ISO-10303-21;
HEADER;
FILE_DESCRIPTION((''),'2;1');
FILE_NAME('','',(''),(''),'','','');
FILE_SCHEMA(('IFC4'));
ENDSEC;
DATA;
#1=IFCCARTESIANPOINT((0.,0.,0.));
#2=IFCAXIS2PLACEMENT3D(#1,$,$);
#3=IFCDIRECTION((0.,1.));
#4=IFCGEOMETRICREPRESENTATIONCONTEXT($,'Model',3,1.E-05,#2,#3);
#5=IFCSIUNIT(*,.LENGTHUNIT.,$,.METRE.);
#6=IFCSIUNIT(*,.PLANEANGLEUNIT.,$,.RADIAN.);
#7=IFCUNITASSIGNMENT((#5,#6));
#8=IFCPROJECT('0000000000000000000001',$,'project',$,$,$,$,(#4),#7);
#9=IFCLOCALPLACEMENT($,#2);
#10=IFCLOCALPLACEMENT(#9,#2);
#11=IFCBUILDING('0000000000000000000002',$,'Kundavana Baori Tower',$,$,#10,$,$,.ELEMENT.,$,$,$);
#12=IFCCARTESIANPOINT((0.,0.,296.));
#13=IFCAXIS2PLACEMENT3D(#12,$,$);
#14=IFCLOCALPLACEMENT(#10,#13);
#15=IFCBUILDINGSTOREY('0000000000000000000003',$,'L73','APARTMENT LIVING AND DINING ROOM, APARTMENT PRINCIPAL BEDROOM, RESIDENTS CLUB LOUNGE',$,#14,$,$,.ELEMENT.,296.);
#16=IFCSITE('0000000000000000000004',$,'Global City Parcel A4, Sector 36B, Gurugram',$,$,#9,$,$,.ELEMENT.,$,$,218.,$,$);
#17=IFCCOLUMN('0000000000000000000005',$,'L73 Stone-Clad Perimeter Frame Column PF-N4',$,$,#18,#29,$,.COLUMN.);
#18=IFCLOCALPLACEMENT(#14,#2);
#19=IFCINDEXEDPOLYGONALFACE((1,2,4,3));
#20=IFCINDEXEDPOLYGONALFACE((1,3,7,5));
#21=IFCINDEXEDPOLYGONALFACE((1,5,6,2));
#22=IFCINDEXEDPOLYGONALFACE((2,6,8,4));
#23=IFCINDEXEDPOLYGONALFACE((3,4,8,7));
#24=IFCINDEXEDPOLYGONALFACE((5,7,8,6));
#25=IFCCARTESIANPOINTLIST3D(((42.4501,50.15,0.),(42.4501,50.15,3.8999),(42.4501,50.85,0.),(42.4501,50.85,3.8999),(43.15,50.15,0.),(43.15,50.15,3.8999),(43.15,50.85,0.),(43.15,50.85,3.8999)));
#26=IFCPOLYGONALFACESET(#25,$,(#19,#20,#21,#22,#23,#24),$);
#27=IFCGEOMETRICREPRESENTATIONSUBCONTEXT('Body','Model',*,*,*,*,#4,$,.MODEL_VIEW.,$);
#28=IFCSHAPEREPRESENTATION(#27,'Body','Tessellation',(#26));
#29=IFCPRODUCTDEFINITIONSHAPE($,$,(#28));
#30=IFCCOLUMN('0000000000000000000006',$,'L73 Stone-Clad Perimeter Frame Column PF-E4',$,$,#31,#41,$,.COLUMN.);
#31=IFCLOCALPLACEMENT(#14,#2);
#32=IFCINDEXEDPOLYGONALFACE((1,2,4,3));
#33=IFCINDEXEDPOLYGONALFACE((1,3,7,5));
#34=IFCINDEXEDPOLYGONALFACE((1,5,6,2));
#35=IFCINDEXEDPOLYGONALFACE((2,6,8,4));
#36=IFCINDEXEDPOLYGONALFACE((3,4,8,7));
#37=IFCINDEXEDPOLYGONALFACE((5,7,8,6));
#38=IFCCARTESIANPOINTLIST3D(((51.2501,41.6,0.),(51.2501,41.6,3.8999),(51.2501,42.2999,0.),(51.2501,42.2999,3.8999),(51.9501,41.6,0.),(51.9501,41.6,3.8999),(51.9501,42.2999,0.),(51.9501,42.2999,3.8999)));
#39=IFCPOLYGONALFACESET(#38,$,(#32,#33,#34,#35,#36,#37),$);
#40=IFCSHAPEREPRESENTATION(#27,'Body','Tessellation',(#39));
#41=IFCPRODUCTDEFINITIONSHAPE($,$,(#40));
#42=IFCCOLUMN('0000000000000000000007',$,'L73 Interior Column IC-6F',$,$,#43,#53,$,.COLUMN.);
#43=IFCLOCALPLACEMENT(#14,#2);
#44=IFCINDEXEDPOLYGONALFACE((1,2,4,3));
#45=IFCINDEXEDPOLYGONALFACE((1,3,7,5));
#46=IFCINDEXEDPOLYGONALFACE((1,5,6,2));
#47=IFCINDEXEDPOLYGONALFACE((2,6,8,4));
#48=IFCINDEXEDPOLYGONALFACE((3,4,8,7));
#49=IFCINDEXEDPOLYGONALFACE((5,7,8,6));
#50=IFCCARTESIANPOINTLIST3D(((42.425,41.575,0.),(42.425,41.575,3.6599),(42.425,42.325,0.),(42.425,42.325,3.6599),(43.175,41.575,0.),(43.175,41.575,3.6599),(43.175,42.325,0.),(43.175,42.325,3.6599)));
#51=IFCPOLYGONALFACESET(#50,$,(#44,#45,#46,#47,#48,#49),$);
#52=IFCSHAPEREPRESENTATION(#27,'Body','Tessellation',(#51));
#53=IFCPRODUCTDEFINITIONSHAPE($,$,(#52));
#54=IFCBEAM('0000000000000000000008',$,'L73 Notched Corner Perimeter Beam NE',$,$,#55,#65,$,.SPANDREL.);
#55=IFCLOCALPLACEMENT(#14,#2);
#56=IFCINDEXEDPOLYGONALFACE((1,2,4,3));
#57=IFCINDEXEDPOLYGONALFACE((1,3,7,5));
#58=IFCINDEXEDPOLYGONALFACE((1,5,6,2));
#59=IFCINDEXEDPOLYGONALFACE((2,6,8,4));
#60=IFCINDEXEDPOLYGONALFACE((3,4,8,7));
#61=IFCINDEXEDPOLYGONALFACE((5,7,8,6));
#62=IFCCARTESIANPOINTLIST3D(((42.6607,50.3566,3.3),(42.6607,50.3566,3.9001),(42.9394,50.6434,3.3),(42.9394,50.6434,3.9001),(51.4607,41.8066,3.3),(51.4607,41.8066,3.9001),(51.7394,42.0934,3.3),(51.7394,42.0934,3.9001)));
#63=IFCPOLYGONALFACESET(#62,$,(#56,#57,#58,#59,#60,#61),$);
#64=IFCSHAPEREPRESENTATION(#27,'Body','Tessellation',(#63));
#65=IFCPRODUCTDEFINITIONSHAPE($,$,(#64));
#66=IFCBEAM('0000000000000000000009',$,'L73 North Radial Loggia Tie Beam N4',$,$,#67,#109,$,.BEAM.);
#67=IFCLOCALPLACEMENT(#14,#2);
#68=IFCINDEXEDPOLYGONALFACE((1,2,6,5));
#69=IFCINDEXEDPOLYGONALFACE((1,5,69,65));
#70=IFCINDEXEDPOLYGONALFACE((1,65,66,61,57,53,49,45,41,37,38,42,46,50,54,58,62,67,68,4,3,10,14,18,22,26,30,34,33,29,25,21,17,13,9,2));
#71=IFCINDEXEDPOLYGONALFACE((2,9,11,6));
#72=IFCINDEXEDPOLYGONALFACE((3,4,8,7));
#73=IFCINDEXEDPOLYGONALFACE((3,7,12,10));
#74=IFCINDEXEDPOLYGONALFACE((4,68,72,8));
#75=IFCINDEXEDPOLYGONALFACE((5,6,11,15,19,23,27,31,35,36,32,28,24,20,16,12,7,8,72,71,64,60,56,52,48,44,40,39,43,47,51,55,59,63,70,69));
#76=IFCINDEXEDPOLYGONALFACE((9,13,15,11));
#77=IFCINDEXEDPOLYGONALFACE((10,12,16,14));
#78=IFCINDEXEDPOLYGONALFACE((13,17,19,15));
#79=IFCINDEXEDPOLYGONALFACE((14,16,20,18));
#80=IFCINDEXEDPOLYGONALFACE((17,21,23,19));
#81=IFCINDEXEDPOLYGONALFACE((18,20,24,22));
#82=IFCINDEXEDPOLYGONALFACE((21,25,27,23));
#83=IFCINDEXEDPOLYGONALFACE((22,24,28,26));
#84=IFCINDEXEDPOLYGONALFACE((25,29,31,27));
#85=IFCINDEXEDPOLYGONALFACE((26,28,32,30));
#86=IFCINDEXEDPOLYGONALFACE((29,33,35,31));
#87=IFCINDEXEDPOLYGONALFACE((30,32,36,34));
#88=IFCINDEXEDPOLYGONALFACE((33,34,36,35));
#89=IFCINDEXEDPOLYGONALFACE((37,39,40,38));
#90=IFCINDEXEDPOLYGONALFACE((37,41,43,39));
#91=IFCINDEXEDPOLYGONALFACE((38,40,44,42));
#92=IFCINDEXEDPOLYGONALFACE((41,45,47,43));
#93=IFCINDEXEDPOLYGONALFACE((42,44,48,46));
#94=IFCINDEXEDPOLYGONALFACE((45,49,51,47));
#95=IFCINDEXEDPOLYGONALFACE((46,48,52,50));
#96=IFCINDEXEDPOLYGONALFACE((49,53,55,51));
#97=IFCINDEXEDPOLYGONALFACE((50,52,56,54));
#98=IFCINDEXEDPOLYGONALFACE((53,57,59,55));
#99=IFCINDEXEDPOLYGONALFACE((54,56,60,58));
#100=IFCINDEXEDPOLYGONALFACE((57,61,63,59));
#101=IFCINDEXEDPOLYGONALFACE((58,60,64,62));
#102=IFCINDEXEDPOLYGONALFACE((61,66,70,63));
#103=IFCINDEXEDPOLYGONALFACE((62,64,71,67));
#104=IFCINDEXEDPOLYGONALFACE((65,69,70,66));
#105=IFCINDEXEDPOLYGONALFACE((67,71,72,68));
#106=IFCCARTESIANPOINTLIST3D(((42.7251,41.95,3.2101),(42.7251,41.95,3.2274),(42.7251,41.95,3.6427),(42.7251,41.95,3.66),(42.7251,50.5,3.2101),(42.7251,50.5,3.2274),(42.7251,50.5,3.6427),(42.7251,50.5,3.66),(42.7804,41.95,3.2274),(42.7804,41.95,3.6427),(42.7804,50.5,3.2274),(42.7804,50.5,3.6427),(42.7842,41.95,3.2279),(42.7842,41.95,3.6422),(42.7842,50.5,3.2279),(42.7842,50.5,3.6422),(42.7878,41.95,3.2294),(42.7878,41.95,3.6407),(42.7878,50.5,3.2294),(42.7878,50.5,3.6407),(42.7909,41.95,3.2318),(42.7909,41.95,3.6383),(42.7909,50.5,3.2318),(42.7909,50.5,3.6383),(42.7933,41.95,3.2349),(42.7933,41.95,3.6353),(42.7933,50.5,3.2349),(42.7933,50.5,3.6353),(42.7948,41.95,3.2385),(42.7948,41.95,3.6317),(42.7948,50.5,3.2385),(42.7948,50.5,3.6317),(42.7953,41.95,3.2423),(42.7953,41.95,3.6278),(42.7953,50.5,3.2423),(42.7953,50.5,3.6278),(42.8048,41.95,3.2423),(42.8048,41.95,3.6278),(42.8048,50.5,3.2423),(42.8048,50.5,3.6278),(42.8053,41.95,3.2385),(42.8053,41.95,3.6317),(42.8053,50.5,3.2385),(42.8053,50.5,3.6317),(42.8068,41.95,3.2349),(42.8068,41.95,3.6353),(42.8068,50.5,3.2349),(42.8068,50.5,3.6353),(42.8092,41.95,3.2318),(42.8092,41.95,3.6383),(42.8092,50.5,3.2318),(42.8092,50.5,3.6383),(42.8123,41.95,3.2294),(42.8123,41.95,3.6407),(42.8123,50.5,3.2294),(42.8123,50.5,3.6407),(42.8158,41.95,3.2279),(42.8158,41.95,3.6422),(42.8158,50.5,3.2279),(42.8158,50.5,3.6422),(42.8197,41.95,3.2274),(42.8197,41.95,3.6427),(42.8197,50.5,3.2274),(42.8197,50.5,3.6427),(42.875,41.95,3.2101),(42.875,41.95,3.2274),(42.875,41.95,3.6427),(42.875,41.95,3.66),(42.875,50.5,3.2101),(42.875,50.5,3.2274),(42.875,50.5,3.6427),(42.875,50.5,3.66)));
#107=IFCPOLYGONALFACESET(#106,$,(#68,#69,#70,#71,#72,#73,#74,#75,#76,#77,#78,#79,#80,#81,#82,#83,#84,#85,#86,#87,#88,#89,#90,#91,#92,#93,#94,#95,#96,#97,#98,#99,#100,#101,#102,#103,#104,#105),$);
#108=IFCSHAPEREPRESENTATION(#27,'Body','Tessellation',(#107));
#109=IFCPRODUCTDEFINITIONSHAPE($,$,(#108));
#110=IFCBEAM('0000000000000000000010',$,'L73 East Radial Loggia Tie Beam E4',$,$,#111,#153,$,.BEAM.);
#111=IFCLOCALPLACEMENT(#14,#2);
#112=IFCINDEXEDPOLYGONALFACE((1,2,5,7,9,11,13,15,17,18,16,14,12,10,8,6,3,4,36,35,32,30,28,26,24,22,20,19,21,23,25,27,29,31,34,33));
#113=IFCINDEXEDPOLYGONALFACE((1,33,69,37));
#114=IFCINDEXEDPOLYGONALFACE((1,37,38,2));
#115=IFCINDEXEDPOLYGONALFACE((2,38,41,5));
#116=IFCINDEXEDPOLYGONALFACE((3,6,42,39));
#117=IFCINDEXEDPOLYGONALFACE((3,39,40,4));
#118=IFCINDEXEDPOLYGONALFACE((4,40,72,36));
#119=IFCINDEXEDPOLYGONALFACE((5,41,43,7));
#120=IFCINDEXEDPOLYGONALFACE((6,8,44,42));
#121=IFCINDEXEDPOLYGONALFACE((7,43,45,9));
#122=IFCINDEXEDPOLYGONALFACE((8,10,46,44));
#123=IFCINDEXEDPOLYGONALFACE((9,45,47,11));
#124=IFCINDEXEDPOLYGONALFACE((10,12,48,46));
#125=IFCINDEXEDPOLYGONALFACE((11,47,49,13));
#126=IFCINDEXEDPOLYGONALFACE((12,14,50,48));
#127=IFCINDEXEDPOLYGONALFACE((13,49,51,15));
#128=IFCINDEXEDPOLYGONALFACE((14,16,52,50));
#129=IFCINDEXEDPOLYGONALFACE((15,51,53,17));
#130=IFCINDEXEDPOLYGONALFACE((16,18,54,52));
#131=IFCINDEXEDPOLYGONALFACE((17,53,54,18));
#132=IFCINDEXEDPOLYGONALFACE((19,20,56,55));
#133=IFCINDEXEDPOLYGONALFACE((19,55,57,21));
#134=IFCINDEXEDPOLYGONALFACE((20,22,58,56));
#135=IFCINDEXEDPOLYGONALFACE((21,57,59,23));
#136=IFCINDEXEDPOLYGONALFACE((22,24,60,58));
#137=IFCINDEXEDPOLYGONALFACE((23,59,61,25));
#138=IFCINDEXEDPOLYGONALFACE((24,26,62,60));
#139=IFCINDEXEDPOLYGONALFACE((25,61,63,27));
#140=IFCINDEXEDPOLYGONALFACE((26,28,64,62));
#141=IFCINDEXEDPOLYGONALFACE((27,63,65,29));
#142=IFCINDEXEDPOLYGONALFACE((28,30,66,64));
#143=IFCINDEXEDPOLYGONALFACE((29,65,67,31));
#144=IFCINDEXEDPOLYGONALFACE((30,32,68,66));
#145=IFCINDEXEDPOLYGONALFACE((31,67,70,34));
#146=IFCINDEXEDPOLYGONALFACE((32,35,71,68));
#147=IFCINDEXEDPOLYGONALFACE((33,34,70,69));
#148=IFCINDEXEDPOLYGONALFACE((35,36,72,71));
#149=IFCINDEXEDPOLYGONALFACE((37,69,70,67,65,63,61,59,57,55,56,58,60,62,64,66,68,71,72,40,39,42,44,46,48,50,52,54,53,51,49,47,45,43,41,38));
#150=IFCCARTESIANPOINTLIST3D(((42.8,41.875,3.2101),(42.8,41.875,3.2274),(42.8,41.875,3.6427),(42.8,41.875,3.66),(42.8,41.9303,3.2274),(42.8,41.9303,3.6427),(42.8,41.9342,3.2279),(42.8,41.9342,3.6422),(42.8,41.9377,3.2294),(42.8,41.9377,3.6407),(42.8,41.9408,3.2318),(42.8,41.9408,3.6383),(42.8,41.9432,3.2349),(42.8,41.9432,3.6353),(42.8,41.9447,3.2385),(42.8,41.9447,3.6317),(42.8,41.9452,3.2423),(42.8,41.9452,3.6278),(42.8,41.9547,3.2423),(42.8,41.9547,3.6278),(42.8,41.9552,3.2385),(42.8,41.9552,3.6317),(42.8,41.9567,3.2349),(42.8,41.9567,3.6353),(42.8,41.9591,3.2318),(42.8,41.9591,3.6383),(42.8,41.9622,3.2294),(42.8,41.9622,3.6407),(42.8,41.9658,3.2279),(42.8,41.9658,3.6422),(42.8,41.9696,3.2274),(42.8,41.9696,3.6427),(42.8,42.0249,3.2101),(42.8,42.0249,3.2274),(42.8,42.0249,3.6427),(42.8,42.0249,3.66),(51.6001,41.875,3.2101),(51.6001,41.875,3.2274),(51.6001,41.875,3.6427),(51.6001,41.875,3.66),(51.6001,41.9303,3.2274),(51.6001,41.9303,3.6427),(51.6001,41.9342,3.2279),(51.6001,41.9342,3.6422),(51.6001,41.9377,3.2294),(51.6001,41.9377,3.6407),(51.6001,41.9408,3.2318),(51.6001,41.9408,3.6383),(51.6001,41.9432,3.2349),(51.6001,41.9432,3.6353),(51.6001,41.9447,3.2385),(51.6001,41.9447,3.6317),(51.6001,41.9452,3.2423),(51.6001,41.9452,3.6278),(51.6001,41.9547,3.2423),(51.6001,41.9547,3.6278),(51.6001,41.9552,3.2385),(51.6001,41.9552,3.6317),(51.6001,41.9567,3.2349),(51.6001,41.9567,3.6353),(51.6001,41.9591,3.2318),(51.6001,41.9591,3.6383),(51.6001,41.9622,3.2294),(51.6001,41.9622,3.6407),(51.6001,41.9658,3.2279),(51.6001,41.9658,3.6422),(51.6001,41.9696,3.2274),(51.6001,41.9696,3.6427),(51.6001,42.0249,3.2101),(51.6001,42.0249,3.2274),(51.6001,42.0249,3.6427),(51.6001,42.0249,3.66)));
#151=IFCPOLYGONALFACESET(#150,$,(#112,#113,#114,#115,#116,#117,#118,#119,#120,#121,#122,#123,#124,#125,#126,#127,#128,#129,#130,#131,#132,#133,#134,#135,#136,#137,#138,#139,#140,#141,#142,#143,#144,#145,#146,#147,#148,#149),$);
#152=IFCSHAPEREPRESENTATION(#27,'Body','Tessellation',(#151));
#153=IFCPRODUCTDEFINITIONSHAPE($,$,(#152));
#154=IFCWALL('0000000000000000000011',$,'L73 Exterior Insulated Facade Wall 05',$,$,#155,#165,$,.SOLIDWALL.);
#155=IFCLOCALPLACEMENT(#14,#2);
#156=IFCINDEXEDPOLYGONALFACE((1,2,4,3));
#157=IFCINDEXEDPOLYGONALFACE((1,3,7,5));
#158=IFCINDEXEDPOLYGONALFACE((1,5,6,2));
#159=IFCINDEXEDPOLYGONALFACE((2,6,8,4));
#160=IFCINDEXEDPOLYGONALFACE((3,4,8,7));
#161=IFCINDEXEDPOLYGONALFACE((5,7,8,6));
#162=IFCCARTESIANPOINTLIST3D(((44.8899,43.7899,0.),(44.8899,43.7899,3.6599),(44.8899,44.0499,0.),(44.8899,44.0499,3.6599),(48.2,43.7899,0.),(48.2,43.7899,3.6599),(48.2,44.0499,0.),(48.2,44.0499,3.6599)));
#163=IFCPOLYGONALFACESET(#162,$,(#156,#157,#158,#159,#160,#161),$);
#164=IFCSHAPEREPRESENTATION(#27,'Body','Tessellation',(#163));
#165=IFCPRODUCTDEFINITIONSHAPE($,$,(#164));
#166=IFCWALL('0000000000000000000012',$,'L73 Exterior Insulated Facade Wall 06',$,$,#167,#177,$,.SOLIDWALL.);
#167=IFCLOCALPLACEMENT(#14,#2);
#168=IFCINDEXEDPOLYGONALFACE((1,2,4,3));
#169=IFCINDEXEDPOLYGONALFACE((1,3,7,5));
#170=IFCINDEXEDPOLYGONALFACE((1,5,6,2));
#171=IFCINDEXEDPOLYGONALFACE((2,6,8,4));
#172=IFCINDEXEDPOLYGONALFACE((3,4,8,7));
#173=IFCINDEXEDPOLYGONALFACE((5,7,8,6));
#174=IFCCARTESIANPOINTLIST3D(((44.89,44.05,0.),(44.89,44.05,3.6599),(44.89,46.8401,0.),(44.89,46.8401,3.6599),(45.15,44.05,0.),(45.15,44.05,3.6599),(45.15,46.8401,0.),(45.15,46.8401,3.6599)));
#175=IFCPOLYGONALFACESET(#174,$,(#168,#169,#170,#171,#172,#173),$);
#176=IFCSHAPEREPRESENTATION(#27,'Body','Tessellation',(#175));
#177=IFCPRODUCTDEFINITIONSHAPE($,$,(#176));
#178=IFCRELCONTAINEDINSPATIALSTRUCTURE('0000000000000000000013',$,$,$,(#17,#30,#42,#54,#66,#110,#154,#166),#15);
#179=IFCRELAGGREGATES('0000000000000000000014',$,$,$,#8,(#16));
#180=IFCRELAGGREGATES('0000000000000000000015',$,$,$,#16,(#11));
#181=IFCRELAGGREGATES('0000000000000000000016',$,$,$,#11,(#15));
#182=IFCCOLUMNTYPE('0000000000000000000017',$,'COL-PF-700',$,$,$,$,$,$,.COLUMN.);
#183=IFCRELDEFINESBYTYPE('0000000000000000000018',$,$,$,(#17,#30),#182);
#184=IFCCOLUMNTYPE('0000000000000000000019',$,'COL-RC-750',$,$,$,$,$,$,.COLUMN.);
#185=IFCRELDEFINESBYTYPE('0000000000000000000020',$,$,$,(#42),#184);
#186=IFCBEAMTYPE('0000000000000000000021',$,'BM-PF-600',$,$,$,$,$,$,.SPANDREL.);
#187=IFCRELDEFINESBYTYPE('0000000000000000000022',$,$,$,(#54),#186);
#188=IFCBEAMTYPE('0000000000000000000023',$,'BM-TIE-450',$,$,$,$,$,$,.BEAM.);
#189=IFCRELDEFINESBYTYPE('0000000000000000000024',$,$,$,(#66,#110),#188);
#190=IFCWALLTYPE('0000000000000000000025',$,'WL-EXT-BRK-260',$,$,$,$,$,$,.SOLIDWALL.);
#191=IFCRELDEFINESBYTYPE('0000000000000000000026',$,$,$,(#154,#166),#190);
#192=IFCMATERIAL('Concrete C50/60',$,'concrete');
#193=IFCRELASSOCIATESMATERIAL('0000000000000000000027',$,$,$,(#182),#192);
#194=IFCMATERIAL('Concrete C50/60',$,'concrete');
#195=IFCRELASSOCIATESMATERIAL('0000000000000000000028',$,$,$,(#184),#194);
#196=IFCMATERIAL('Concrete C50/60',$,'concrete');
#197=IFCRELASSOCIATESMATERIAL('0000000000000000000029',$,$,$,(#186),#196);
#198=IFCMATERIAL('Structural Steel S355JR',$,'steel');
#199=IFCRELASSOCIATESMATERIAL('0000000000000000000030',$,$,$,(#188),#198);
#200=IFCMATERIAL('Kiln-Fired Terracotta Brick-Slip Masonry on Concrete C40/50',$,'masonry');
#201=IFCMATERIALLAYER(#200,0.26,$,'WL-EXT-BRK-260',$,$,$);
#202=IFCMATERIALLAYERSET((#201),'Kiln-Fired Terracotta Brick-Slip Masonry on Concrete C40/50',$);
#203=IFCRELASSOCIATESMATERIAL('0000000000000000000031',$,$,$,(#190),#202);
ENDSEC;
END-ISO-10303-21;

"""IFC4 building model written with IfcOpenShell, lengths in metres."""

from ifc_helpers import new_model, si_unit, direction, frame, frame_2d, origin, origin_2d, place, context, subcontext, project, spatial, rectangle, i_section, extrude, material, layer, layer_set, material_profile, profile_set, type_object, element, save


model = new_model("IFC4")

# Units and contexts
model_context = context("Model", 3, precision=1e-05, world=origin(), true_north=direction((0.0, 1.0)))
body_context = subcontext(model_context, "Body", "Model", "MODEL_VIEW")
ifc_project = project(units=[si_unit("LENGTHUNIT", "METRE"), si_unit("PLANEANGLEUNIT", "RADIAN")], contexts=[model_context])

# Site, building, storey
site_placement = place(None, origin())
site = spatial("IfcSite", under=ifc_project, at=site_placement, Name="Global City Parcel A4, Sector 36B, Gurugram", CompositionType="ELEMENT", RefElevation=218.0)
building_placement = place(site_placement, origin())
building = spatial("IfcBuilding", under=site, at=building_placement, Name="Kundavana Baori Tower", CompositionType="ELEMENT")
storey_placement = place(building_placement, frame((0.0, 0.0, 296.0)))
storey = spatial("IfcBuildingStorey", under=building, at=storey_placement, Name="L73", Description="APARTMENT LIVING AND DINING ROOM, APARTMENT PRINCIPAL BEDROOM, RESIDENTS CLUB LOUNGE", CompositionType="ELEMENT", Elevation=296.0)

# Columns
ifc_material_1 = material(Name="Concrete C50/60", Category="concrete")
ifc_material_profile_1 = material_profile(ifc_material_1, rectangle(XDim=0.7, YDim=0.7, at=origin_2d()), Name="RC PF 700x700")
ifc_profile_set_1 = profile_set([ifc_material_profile_1], Name="Concrete C50/60")
column_type_1 = type_object("IfcColumnType", Name="COL-PF-700", PredefinedType="COLUMN", material=ifc_profile_set_1)
for number, where, z_axis, x_axis, name in (
    (1, (42.8, 50.5, 0.0), (0.0, 0.0, 1.0), (1.0, 0.0, 0.0), "L73 Stone-Clad Perimeter Frame Column PF-N4"),
    (2, (51.6001, 41.95, 0.0), (0.0, 0.0, 1.0), (1.0, 0.0, 0.0), "L73 Stone-Clad Perimeter Frame Column PF-E4"),
):
    element("IfcColumn", number, at=place(storey_placement, frame(where, z_axis=z_axis, x_axis=x_axis)), inside=storey, type_object=column_type_1, Name=name, PredefinedType="COLUMN", context=body_context, shape_type="SweptSolid", body=[
        extrude(rectangle(XDim=0.7, YDim=0.7, at=origin_2d()), origin(), (0.0, 0.0, 1.0), 3.8999),
    ])
ifc_material_2 = material(Name="Concrete C50/60", Category="concrete")
ifc_material_profile_2 = material_profile(ifc_material_2, rectangle(XDim=0.75, YDim=0.75, at=origin_2d()), Name="RC 750x750")
ifc_profile_set_2 = profile_set([ifc_material_profile_2], Name="Concrete C50/60")
column_type_2 = type_object("IfcColumnType", Name="COL-RC-750", PredefinedType="COLUMN", material=ifc_profile_set_2)
column_placement = place(storey_placement, frame((42.8, 41.95, 0.0), z_axis=(0.0, 0.0, 1.0), x_axis=(1.0, 0.0, 0.0)))
element("IfcColumn", 3, at=column_placement, inside=storey, type_object=column_type_2, Name="L73 Interior Column IC-6F", PredefinedType="COLUMN", context=body_context, shape_type="SweptSolid", body=[
    extrude(rectangle(XDim=0.75, YDim=0.75, at=origin_2d()), origin(), (0.0, 0.0, 1.0), 3.6599),
])

# Beams
ifc_material_3 = material(Name="Concrete C50/60", Category="concrete")
ifc_material_profile_3 = material_profile(ifc_material_3, rectangle(XDim=0.3999, YDim=0.6001, at=origin_2d()), Name="RC BM 400x600")
ifc_profile_set_3 = profile_set([ifc_material_profile_3], Name="Concrete C50/60")
beam_type_1 = type_object("IfcBeamType", Name="BM-PF-600", PredefinedType="SPANDREL", material=ifc_profile_set_3)
beam_1_placement = place(storey_placement, frame((42.8, 50.5, 3.6001), z_axis=(0.717221, -0.696846, 0.0), x_axis=(0.696846, 0.717221, 0.0)))
element("IfcBeam", 4, at=beam_1_placement, inside=storey, type_object=beam_type_1, Name="L73 Notched Corner Perimeter Beam NE", PredefinedType="SPANDREL", context=body_context, shape_type="SweptSolid", body=[
    extrude(rectangle(XDim=0.3999, YDim=0.6001, at=origin_2d()), origin(), (0.0, 0.0, 1.0), 12.2695),
])
ifc_material_4 = material(Name="Structural Steel S355JR", Category="steel")
ifc_material_profile_4 = material_profile(ifc_material_4, i_section(OverallWidth=0.1499, OverallDepth=0.45, WebThickness=0.0095, FlangeThickness=0.0173, FilletRadius=0.0149, at=origin_2d()), Name="ISMB 450")
ifc_profile_set_4 = profile_set([ifc_material_profile_4], Name="Structural Steel S355JR")
beam_type_2 = type_object("IfcBeamType", Name="BM-TIE-450", PredefinedType="BEAM", material=ifc_profile_set_4)
beam_2_placement = place(storey_placement, frame((42.8, 41.95, 3.4351), z_axis=(0.0, 1.0, 0.0), x_axis=(-1.0, 0.0, 0.0)))
element("IfcBeam", 5, at=beam_2_placement, inside=storey, type_object=beam_type_2, Name="L73 North Radial Loggia Tie Beam N4", PredefinedType="BEAM", context=body_context, shape_type="SweptSolid", body=[
    extrude(i_section(OverallWidth=0.1499, OverallDepth=0.45, WebThickness=0.0095, FlangeThickness=0.0173, FilletRadius=0.0149, at=origin_2d()), origin(), (0.0, 0.0, 1.0), 8.55),
])
beam_3_placement = place(storey_placement, frame((42.8, 41.95, 3.4351), z_axis=(1.0, 0.0, 0.0), x_axis=(0.0, 1.0, 0.0)))
element("IfcBeam", 6, at=beam_3_placement, inside=storey, type_object=beam_type_2, Name="L73 East Radial Loggia Tie Beam E4", PredefinedType="BEAM", context=body_context, shape_type="SweptSolid", body=[
    extrude(i_section(OverallWidth=0.1499, OverallDepth=0.45, WebThickness=0.0095, FlangeThickness=0.0173, FilletRadius=0.0149, at=origin_2d()), origin(), (0.0, 0.0, 1.0), 8.8),
])

# Walls
ifc_material_5 = material(Name="Kiln-Fired Terracotta Brick-Slip Masonry on Concrete C40/50", Category="masonry")
ifc_layer_1 = layer(ifc_material_5, 0.26, Name="WL-EXT-BRK-260")
ifc_layer_set_1 = layer_set([ifc_layer_1], Name="Kiln-Fired Terracotta Brick-Slip Masonry on Concrete C40/50")
wall_type_1 = type_object("IfcWallType", Name="WL-EXT-BRK-260", PredefinedType="SOLIDWALL", material=ifc_layer_set_1)
wall_1_placement = place(storey_placement, frame((48.2, 43.9199, 0.0), z_axis=(0.0, 0.0, 1.0), x_axis=(-1.0, 0.0, 0.0)))
element("IfcWall", 7, at=wall_1_placement, inside=storey, type_object=wall_type_1, Name="L73 Exterior Insulated Facade Wall 05", PredefinedType="SOLIDWALL", context=body_context, shape_type="SweptSolid", body=[
    extrude(rectangle(XDim=3.3101, YDim=0.26, at=frame_2d((1.655, 0.0))), origin(), (0.0, 0.0, 1.0), 3.6599),
])
wall_2_placement = place(storey_placement, frame((45.02, 44.05, 0.0), z_axis=(0.0, 0.0, 1.0), x_axis=(0.0, 1.0, 0.0)))
element("IfcWall", 8, at=wall_2_placement, inside=storey, type_object=wall_type_1, Name="L73 Exterior Insulated Facade Wall 06", PredefinedType="SOLIDWALL", context=body_context, shape_type="SweptSolid", body=[
    extrude(rectangle(XDim=2.79, YDim=0.26, at=frame_2d((1.395, 0.0))), origin(), (0.0, 0.0, 1.0), 3.6599),
])

save(model, "model.ifc")
